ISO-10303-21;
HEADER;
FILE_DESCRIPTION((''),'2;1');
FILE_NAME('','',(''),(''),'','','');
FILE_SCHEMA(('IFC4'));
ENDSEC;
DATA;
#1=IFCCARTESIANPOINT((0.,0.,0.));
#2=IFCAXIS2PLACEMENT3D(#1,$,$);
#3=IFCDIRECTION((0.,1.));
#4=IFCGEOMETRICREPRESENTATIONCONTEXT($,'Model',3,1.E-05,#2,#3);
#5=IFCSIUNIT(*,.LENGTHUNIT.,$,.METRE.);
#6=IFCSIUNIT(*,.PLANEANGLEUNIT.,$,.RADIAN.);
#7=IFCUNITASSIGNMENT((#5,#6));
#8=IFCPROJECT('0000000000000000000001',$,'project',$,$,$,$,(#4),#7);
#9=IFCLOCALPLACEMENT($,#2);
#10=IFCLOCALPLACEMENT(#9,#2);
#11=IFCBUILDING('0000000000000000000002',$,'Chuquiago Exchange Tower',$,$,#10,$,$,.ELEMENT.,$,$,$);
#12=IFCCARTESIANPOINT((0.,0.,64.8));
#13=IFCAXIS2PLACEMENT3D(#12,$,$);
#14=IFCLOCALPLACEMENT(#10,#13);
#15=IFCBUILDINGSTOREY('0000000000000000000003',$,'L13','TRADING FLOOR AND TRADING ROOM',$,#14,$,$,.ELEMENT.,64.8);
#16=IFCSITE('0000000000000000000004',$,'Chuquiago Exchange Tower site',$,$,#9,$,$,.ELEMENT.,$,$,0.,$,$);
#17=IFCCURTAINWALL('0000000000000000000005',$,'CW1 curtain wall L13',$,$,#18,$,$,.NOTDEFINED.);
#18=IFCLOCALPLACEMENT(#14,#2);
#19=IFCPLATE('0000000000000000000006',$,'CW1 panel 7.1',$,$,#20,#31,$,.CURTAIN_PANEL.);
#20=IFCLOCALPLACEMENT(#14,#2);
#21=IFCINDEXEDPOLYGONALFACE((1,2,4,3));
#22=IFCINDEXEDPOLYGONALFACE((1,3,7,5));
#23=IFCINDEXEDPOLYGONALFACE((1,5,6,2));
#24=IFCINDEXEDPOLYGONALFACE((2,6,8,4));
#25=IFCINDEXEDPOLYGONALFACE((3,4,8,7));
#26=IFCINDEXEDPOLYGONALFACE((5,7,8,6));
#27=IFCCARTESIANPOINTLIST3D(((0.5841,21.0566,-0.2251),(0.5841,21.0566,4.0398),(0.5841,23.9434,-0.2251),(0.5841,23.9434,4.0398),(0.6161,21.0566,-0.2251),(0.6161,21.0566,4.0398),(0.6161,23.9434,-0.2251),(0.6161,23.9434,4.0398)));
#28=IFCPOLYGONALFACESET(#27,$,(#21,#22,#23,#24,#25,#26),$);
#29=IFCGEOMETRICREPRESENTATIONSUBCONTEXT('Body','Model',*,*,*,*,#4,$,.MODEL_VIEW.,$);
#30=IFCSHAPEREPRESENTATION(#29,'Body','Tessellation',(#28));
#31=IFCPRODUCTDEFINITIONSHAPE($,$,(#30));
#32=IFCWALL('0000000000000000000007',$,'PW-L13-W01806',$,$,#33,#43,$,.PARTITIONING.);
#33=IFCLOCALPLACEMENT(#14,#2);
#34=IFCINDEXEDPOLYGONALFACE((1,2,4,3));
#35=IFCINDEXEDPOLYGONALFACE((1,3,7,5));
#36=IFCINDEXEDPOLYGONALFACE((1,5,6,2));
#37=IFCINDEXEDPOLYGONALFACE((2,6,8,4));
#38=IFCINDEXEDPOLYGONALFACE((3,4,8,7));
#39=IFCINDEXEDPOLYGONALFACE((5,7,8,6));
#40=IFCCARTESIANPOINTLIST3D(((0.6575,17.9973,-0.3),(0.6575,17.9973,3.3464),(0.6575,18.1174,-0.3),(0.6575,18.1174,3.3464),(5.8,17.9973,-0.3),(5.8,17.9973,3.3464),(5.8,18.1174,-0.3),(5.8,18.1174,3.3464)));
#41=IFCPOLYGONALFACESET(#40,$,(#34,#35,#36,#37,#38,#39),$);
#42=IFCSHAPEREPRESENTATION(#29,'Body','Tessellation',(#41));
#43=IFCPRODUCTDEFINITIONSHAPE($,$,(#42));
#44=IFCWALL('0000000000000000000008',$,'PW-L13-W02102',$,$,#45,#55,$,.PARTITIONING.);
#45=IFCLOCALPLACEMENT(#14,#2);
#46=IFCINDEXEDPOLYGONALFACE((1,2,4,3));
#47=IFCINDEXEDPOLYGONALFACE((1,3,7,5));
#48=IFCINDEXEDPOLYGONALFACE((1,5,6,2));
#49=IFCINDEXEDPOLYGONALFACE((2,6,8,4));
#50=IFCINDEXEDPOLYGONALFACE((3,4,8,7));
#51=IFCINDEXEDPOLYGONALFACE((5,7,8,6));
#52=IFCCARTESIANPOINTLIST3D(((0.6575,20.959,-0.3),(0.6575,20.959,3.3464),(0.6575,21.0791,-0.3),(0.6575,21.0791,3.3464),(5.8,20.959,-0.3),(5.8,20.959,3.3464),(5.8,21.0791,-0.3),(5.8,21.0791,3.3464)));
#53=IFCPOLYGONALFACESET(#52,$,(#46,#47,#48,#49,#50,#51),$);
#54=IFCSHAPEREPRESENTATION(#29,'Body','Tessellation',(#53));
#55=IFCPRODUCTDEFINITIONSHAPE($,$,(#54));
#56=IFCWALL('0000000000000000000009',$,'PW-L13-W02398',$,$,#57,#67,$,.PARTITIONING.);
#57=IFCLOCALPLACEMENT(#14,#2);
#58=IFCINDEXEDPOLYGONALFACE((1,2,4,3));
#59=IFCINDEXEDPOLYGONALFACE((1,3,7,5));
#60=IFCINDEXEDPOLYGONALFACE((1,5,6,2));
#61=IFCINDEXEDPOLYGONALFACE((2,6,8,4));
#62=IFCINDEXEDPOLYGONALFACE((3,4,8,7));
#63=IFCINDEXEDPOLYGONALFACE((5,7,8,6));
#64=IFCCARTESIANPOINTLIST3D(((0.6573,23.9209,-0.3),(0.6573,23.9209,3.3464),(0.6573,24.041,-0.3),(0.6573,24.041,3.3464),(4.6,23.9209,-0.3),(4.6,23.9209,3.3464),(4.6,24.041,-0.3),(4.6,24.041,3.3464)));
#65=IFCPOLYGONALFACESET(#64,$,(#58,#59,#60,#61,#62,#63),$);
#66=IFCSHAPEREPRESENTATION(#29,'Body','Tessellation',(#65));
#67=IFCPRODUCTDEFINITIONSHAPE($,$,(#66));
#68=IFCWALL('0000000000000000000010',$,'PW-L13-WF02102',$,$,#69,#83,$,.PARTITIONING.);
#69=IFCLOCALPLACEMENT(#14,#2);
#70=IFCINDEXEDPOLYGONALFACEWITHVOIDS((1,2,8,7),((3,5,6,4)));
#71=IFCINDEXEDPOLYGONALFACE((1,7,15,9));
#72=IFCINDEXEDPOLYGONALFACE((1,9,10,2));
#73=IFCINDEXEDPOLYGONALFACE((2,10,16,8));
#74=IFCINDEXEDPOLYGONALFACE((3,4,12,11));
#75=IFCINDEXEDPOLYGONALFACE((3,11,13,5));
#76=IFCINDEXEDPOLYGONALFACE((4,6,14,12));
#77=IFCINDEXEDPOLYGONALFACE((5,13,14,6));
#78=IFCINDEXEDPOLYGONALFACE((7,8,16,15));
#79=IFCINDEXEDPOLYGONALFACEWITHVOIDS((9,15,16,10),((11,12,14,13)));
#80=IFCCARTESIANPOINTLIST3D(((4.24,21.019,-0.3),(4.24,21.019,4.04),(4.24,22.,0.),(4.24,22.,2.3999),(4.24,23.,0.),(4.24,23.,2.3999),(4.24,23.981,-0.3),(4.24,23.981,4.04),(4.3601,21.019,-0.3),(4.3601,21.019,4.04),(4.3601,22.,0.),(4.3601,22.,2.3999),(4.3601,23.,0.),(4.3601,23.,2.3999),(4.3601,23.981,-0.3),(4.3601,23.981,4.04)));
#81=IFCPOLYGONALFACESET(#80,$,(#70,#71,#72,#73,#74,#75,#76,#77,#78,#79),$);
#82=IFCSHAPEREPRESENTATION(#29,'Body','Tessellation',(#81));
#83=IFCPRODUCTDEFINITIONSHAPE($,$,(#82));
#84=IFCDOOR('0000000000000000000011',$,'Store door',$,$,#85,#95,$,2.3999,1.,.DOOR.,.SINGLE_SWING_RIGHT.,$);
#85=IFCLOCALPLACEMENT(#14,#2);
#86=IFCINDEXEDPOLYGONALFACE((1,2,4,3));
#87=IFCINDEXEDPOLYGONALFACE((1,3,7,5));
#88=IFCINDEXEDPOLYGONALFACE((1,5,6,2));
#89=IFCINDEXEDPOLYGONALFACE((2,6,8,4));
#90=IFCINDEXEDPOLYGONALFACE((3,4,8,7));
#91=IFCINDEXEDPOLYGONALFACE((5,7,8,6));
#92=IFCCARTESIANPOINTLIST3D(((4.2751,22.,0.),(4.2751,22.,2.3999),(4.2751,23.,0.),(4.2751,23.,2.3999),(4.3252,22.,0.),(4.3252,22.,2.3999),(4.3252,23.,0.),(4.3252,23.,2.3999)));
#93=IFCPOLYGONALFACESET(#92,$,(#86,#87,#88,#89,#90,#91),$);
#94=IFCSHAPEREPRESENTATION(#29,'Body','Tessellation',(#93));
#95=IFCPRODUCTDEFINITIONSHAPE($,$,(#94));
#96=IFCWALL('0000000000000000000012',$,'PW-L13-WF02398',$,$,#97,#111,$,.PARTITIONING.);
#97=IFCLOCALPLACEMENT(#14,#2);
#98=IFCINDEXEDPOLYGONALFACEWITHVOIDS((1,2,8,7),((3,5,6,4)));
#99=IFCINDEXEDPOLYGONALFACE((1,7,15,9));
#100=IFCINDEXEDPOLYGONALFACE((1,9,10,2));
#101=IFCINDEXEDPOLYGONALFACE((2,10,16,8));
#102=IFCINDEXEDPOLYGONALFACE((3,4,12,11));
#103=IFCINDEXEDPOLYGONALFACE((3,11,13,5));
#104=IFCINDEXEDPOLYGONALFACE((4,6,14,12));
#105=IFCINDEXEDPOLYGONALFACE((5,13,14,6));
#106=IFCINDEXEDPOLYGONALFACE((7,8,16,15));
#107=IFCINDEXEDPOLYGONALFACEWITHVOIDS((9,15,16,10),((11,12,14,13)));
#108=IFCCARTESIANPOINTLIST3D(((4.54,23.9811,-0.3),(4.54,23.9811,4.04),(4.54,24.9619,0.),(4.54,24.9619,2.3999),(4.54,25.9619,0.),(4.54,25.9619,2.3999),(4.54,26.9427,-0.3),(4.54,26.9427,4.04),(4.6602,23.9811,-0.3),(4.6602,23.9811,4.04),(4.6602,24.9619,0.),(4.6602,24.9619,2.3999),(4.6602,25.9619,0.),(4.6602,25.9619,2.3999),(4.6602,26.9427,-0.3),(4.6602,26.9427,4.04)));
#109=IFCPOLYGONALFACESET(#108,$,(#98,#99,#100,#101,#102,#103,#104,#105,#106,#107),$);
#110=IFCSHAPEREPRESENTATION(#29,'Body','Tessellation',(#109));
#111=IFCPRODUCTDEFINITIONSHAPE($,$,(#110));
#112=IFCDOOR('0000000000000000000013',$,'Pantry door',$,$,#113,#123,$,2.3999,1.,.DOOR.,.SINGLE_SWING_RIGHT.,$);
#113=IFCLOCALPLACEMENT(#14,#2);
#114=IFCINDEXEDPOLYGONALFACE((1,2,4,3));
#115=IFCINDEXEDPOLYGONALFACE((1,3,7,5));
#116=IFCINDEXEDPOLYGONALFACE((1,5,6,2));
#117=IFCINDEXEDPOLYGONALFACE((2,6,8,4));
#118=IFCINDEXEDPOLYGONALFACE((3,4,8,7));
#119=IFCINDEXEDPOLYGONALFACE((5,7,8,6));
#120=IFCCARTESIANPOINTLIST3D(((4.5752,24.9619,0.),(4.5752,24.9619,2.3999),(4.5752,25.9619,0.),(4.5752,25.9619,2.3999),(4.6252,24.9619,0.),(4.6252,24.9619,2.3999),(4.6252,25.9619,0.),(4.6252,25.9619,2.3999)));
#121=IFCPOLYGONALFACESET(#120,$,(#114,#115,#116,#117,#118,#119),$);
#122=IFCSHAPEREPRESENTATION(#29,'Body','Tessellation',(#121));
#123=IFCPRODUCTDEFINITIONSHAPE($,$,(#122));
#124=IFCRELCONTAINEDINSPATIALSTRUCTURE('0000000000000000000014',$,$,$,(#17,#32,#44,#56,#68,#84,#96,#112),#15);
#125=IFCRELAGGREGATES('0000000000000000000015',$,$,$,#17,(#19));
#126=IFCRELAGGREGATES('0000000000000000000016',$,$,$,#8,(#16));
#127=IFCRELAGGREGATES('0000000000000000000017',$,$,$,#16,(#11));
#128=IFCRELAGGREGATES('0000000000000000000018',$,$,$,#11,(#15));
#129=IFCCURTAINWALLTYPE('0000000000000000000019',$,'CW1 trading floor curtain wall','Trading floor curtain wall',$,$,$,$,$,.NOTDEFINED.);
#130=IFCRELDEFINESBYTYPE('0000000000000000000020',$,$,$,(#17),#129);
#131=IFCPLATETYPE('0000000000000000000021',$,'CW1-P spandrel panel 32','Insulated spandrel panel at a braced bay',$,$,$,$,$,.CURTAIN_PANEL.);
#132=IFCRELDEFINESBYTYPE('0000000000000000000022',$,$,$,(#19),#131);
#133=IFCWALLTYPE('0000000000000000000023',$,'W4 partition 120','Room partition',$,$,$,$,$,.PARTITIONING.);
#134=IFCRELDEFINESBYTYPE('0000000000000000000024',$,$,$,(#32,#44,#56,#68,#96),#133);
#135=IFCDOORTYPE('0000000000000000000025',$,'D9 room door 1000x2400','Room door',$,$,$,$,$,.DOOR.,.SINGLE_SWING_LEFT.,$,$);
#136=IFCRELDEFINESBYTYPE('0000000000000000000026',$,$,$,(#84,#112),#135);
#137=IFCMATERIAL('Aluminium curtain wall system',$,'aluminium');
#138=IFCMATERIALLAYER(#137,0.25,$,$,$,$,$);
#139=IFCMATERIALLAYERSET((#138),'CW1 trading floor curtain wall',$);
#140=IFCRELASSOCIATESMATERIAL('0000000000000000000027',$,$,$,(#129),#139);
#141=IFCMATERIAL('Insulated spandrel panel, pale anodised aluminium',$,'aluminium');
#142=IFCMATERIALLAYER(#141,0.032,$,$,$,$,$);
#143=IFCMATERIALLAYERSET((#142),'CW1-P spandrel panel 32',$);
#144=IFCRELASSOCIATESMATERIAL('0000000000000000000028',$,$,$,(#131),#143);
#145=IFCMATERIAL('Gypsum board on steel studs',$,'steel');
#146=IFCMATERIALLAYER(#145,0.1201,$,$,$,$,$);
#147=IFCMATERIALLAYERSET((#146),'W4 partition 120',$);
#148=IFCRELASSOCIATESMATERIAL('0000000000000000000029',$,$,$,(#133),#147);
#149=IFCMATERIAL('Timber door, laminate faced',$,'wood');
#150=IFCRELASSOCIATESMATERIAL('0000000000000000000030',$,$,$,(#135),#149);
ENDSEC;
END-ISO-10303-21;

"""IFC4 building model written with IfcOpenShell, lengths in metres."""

from ifc_helpers import new_model, si_unit, direction, frame, frame_2d, origin, origin_2d, place, context, subcontext, project, spatial, rectangle, extrude, material, layer, layer_set, type_object, element, fill, aggregate, save


model = new_model("IFC4")

# Units and contexts
model_context = context("Model", 3, precision=1e-05, world=origin(), true_north=direction((0.0, 1.0)))
body_context = subcontext(model_context, "Body", "Model", "MODEL_VIEW")
ifc_project = project(units=[si_unit("LENGTHUNIT", "METRE"), si_unit("PLANEANGLEUNIT", "RADIAN")], contexts=[model_context])

# Site, building, storey
site_placement = place(None, origin())
site = spatial("IfcSite", under=ifc_project, at=site_placement, Name="Chuquiago Exchange Tower site", CompositionType="ELEMENT", RefElevation=0.0)
building_placement = place(site_placement, origin())
building = spatial("IfcBuilding", under=site, at=building_placement, Name="Chuquiago Exchange Tower", CompositionType="ELEMENT")
storey_placement = place(building_placement, frame((0.0, 0.0, 64.8)))
storey = spatial("IfcBuildingStorey", under=building, at=storey_placement, Name="L13", Description="TRADING FLOOR AND TRADING ROOM", CompositionType="ELEMENT", Elevation=64.8)

# Curtain wall
ifc_material_1 = material(Name="Aluminium curtain wall system", Category="aluminium")
ifc_layer_1 = layer(ifc_material_1, 0.25)
ifc_layer_set_1 = layer_set([ifc_layer_1], Name="CW1 trading floor curtain wall")
curtain_wall_type = type_object("IfcCurtainWallType", Name="CW1 trading floor curtain wall", Description="Trading floor curtain wall", PredefinedType="NOTDEFINED", material=ifc_layer_set_1)
curtain_wall_placement = place(storey_placement, origin())
curtain_wall = element("IfcCurtainWall", 1, at=curtain_wall_placement, inside=storey, type_object=curtain_wall_type, Name="CW1 curtain wall L13", PredefinedType="NOTDEFINED")

# Plate
ifc_material_2 = material(Name="Insulated spandrel panel, pale anodised aluminium", Category="aluminium")
ifc_layer_2 = layer(ifc_material_2, 0.032)
ifc_layer_set_2 = layer_set([ifc_layer_2], Name="CW1-P spandrel panel 32")
plate_type_1 = type_object("IfcPlateType", Name="CW1-P spandrel panel 32", Description="Insulated spandrel panel at a braced bay", PredefinedType="CURTAIN_PANEL", material=ifc_layer_set_2)
plate_1_placement = place(storey_placement, frame((0.6001, 22.5, -0.2251), z_axis=(0.0, 0.0, 1.0), x_axis=(0.0, -1.0, 0.0)))
plate_1 = element("IfcPlate", 2, at=plate_1_placement, type_object=plate_type_1, Name="CW1 panel 7.1", PredefinedType="CURTAIN_PANEL", context=body_context, shape_type="SweptSolid", body=[
    extrude(rectangle(XDim=2.8867, YDim=0.032, at=origin_2d()), origin(), (0.0, 0.0, 1.0), 4.2649),
])
aggregate(curtain_wall, [plate_1])

# Walls
ifc_material_3 = material(Name="Gypsum board on steel studs", Category="steel")
ifc_layer_3 = layer(ifc_material_3, 0.1201)
ifc_layer_set_3 = layer_set([ifc_layer_3], Name="W4 partition 120")
wall_type = type_object("IfcWallType", Name="W4 partition 120", Description="Room partition", PredefinedType="PARTITIONING", material=ifc_layer_set_3)
for number, where, z_axis, x_axis, name in (
    (3, (0.6575, 18.0574, -0.3), (0.0, 0.0, 1.0), (1.0, 0.0, 0.0), "PW-L13-W01806"),
    (4, (0.6575, 21.019, -0.3), (0.0, 0.0, 1.0), (1.0, 0.0, 0.0), "PW-L13-W02102"),
):
    element("IfcWall", number, at=place(storey_placement, frame(where, z_axis=z_axis, x_axis=x_axis)), inside=storey, type_object=wall_type, Name=name, PredefinedType="PARTITIONING", context=body_context, shape_type="SweptSolid", body=[
        extrude(rectangle(XDim=5.1426, YDim=0.1201, at=frame_2d((2.5713, 0.0))), origin(), (0.0, 0.0, 1.0), 3.6465),
    ])
wall_1_placement = place(storey_placement, frame((0.6575, 23.981, -0.3), z_axis=(0.0, 0.0, 1.0), x_axis=(1.0, 0.0, 0.0)))
element("IfcWall", 5, at=wall_1_placement, inside=storey, type_object=wall_type, Name="PW-L13-W02398", PredefinedType="PARTITIONING", context=body_context, shape_type="SweptSolid", body=[
    extrude(rectangle(XDim=3.9426, YDim=0.1201, at=frame_2d((1.9712, 0.0))), origin(), (0.0, 0.0, 1.0), 3.6465),
])

# Walls, openings, doors
wall_2_placement = place(storey_placement, frame((4.3, 21.019, -0.3), z_axis=(0.0, 0.0, 1.0), x_axis=(0.0, 1.0, 0.0)))
wall_2 = element("IfcWall", 6, at=wall_2_placement, inside=storey, type_object=wall_type, Name="PW-L13-WF02102", PredefinedType="PARTITIONING", context=body_context, shape_type="SweptSolid", body=[
    extrude(rectangle(XDim=2.9619, YDim=0.1201, at=frame_2d((1.481, 0.0))), origin(), (0.0, 0.0, 1.0), 4.3401),
])
opening_1_placement = place(wall_2_placement, frame((0.981, 0.0, 0.3)))
opening_1 = element("IfcOpeningElement", 7, at=opening_1_placement, cuts=wall_2, PredefinedType="OPENING", context=body_context, shape_type="SweptSolid", body=[
    extrude(rectangle(XDim=1.0, YDim=2.3999, at=frame_2d((0.5, 1.2))), frame((0.0, 0.0701, 0.0), z_axis=(0.0, -1.0, 0.0), x_axis=(1.0, 0.0, 0.0)), (0.0, 0.0, 1.0), 0.1401),
])
ifc_material_4 = material(Name="Timber door, laminate faced", Category="wood")
door_type = type_object("IfcDoorType", Name="D9 room door 1000x2400", Description="Room door", OperationType="SINGLE_SWING_LEFT", PredefinedType="DOOR", material=ifc_material_4)
door_1_placement = place(opening_1_placement, origin())
door_1 = element("IfcDoor", 8, at=door_1_placement, inside=storey, type_object=door_type, Name="Store door", OperationType="SINGLE_SWING_RIGHT", OverallHeight=2.3999, OverallWidth=1.0, PredefinedType="DOOR", context=body_context, shape_type="SweptSolid", body=[
    extrude(rectangle(XDim=1.0, YDim=2.3999, at=frame_2d((0.5, 1.2))), frame((0.0, 0.0249, 0.0), z_axis=(0.0, -1.0, 0.0), x_axis=(1.0, 0.0, 0.0)), (0.0, 0.0, 1.0), 0.05),
])
fill(opening_1, door_1)
wall_3_placement = place(storey_placement, frame((4.6001, 23.981, -0.3), z_axis=(0.0, 0.0, 1.0), x_axis=(0.0, 1.0, 0.0)))
wall_3 = element("IfcWall", 9, at=wall_3_placement, inside=storey, type_object=wall_type, Name="PW-L13-WF02398", PredefinedType="PARTITIONING", context=body_context, shape_type="SweptSolid", body=[
    extrude(rectangle(XDim=2.9617, YDim=0.1201, at=frame_2d((1.481, 0.0))), origin(), (0.0, 0.0, 1.0), 4.3401),
])
opening_2_placement = place(wall_3_placement, frame((0.981, 0.0, 0.3)))
opening_2 = element("IfcOpeningElement", 10, at=opening_2_placement, cuts=wall_3, PredefinedType="OPENING", context=body_context, shape_type="SweptSolid", body=[
    extrude(rectangle(XDim=1.0, YDim=2.3999, at=frame_2d((0.5, 1.2))), frame((0.0, 0.0701, 0.0), z_axis=(0.0, -1.0, 0.0), x_axis=(1.0, 0.0, 0.0)), (0.0, 0.0, 1.0), 0.1401),
])
door_2_placement = place(opening_2_placement, origin())
door_2 = element("IfcDoor", 11, at=door_2_placement, inside=storey, type_object=door_type, Name="Pantry door", OperationType="SINGLE_SWING_RIGHT", OverallHeight=2.3999, OverallWidth=1.0, PredefinedType="DOOR", context=body_context, shape_type="SweptSolid", body=[
    extrude(rectangle(XDim=1.0, YDim=2.3999, at=frame_2d((0.5, 1.2))), frame((0.0, 0.0249, 0.0), z_axis=(0.0, -1.0, 0.0), x_axis=(1.0, 0.0, 0.0)), (0.0, 0.0, 1.0), 0.05),
])
fill(opening_2, door_2)

save(model, "model.ifc")
